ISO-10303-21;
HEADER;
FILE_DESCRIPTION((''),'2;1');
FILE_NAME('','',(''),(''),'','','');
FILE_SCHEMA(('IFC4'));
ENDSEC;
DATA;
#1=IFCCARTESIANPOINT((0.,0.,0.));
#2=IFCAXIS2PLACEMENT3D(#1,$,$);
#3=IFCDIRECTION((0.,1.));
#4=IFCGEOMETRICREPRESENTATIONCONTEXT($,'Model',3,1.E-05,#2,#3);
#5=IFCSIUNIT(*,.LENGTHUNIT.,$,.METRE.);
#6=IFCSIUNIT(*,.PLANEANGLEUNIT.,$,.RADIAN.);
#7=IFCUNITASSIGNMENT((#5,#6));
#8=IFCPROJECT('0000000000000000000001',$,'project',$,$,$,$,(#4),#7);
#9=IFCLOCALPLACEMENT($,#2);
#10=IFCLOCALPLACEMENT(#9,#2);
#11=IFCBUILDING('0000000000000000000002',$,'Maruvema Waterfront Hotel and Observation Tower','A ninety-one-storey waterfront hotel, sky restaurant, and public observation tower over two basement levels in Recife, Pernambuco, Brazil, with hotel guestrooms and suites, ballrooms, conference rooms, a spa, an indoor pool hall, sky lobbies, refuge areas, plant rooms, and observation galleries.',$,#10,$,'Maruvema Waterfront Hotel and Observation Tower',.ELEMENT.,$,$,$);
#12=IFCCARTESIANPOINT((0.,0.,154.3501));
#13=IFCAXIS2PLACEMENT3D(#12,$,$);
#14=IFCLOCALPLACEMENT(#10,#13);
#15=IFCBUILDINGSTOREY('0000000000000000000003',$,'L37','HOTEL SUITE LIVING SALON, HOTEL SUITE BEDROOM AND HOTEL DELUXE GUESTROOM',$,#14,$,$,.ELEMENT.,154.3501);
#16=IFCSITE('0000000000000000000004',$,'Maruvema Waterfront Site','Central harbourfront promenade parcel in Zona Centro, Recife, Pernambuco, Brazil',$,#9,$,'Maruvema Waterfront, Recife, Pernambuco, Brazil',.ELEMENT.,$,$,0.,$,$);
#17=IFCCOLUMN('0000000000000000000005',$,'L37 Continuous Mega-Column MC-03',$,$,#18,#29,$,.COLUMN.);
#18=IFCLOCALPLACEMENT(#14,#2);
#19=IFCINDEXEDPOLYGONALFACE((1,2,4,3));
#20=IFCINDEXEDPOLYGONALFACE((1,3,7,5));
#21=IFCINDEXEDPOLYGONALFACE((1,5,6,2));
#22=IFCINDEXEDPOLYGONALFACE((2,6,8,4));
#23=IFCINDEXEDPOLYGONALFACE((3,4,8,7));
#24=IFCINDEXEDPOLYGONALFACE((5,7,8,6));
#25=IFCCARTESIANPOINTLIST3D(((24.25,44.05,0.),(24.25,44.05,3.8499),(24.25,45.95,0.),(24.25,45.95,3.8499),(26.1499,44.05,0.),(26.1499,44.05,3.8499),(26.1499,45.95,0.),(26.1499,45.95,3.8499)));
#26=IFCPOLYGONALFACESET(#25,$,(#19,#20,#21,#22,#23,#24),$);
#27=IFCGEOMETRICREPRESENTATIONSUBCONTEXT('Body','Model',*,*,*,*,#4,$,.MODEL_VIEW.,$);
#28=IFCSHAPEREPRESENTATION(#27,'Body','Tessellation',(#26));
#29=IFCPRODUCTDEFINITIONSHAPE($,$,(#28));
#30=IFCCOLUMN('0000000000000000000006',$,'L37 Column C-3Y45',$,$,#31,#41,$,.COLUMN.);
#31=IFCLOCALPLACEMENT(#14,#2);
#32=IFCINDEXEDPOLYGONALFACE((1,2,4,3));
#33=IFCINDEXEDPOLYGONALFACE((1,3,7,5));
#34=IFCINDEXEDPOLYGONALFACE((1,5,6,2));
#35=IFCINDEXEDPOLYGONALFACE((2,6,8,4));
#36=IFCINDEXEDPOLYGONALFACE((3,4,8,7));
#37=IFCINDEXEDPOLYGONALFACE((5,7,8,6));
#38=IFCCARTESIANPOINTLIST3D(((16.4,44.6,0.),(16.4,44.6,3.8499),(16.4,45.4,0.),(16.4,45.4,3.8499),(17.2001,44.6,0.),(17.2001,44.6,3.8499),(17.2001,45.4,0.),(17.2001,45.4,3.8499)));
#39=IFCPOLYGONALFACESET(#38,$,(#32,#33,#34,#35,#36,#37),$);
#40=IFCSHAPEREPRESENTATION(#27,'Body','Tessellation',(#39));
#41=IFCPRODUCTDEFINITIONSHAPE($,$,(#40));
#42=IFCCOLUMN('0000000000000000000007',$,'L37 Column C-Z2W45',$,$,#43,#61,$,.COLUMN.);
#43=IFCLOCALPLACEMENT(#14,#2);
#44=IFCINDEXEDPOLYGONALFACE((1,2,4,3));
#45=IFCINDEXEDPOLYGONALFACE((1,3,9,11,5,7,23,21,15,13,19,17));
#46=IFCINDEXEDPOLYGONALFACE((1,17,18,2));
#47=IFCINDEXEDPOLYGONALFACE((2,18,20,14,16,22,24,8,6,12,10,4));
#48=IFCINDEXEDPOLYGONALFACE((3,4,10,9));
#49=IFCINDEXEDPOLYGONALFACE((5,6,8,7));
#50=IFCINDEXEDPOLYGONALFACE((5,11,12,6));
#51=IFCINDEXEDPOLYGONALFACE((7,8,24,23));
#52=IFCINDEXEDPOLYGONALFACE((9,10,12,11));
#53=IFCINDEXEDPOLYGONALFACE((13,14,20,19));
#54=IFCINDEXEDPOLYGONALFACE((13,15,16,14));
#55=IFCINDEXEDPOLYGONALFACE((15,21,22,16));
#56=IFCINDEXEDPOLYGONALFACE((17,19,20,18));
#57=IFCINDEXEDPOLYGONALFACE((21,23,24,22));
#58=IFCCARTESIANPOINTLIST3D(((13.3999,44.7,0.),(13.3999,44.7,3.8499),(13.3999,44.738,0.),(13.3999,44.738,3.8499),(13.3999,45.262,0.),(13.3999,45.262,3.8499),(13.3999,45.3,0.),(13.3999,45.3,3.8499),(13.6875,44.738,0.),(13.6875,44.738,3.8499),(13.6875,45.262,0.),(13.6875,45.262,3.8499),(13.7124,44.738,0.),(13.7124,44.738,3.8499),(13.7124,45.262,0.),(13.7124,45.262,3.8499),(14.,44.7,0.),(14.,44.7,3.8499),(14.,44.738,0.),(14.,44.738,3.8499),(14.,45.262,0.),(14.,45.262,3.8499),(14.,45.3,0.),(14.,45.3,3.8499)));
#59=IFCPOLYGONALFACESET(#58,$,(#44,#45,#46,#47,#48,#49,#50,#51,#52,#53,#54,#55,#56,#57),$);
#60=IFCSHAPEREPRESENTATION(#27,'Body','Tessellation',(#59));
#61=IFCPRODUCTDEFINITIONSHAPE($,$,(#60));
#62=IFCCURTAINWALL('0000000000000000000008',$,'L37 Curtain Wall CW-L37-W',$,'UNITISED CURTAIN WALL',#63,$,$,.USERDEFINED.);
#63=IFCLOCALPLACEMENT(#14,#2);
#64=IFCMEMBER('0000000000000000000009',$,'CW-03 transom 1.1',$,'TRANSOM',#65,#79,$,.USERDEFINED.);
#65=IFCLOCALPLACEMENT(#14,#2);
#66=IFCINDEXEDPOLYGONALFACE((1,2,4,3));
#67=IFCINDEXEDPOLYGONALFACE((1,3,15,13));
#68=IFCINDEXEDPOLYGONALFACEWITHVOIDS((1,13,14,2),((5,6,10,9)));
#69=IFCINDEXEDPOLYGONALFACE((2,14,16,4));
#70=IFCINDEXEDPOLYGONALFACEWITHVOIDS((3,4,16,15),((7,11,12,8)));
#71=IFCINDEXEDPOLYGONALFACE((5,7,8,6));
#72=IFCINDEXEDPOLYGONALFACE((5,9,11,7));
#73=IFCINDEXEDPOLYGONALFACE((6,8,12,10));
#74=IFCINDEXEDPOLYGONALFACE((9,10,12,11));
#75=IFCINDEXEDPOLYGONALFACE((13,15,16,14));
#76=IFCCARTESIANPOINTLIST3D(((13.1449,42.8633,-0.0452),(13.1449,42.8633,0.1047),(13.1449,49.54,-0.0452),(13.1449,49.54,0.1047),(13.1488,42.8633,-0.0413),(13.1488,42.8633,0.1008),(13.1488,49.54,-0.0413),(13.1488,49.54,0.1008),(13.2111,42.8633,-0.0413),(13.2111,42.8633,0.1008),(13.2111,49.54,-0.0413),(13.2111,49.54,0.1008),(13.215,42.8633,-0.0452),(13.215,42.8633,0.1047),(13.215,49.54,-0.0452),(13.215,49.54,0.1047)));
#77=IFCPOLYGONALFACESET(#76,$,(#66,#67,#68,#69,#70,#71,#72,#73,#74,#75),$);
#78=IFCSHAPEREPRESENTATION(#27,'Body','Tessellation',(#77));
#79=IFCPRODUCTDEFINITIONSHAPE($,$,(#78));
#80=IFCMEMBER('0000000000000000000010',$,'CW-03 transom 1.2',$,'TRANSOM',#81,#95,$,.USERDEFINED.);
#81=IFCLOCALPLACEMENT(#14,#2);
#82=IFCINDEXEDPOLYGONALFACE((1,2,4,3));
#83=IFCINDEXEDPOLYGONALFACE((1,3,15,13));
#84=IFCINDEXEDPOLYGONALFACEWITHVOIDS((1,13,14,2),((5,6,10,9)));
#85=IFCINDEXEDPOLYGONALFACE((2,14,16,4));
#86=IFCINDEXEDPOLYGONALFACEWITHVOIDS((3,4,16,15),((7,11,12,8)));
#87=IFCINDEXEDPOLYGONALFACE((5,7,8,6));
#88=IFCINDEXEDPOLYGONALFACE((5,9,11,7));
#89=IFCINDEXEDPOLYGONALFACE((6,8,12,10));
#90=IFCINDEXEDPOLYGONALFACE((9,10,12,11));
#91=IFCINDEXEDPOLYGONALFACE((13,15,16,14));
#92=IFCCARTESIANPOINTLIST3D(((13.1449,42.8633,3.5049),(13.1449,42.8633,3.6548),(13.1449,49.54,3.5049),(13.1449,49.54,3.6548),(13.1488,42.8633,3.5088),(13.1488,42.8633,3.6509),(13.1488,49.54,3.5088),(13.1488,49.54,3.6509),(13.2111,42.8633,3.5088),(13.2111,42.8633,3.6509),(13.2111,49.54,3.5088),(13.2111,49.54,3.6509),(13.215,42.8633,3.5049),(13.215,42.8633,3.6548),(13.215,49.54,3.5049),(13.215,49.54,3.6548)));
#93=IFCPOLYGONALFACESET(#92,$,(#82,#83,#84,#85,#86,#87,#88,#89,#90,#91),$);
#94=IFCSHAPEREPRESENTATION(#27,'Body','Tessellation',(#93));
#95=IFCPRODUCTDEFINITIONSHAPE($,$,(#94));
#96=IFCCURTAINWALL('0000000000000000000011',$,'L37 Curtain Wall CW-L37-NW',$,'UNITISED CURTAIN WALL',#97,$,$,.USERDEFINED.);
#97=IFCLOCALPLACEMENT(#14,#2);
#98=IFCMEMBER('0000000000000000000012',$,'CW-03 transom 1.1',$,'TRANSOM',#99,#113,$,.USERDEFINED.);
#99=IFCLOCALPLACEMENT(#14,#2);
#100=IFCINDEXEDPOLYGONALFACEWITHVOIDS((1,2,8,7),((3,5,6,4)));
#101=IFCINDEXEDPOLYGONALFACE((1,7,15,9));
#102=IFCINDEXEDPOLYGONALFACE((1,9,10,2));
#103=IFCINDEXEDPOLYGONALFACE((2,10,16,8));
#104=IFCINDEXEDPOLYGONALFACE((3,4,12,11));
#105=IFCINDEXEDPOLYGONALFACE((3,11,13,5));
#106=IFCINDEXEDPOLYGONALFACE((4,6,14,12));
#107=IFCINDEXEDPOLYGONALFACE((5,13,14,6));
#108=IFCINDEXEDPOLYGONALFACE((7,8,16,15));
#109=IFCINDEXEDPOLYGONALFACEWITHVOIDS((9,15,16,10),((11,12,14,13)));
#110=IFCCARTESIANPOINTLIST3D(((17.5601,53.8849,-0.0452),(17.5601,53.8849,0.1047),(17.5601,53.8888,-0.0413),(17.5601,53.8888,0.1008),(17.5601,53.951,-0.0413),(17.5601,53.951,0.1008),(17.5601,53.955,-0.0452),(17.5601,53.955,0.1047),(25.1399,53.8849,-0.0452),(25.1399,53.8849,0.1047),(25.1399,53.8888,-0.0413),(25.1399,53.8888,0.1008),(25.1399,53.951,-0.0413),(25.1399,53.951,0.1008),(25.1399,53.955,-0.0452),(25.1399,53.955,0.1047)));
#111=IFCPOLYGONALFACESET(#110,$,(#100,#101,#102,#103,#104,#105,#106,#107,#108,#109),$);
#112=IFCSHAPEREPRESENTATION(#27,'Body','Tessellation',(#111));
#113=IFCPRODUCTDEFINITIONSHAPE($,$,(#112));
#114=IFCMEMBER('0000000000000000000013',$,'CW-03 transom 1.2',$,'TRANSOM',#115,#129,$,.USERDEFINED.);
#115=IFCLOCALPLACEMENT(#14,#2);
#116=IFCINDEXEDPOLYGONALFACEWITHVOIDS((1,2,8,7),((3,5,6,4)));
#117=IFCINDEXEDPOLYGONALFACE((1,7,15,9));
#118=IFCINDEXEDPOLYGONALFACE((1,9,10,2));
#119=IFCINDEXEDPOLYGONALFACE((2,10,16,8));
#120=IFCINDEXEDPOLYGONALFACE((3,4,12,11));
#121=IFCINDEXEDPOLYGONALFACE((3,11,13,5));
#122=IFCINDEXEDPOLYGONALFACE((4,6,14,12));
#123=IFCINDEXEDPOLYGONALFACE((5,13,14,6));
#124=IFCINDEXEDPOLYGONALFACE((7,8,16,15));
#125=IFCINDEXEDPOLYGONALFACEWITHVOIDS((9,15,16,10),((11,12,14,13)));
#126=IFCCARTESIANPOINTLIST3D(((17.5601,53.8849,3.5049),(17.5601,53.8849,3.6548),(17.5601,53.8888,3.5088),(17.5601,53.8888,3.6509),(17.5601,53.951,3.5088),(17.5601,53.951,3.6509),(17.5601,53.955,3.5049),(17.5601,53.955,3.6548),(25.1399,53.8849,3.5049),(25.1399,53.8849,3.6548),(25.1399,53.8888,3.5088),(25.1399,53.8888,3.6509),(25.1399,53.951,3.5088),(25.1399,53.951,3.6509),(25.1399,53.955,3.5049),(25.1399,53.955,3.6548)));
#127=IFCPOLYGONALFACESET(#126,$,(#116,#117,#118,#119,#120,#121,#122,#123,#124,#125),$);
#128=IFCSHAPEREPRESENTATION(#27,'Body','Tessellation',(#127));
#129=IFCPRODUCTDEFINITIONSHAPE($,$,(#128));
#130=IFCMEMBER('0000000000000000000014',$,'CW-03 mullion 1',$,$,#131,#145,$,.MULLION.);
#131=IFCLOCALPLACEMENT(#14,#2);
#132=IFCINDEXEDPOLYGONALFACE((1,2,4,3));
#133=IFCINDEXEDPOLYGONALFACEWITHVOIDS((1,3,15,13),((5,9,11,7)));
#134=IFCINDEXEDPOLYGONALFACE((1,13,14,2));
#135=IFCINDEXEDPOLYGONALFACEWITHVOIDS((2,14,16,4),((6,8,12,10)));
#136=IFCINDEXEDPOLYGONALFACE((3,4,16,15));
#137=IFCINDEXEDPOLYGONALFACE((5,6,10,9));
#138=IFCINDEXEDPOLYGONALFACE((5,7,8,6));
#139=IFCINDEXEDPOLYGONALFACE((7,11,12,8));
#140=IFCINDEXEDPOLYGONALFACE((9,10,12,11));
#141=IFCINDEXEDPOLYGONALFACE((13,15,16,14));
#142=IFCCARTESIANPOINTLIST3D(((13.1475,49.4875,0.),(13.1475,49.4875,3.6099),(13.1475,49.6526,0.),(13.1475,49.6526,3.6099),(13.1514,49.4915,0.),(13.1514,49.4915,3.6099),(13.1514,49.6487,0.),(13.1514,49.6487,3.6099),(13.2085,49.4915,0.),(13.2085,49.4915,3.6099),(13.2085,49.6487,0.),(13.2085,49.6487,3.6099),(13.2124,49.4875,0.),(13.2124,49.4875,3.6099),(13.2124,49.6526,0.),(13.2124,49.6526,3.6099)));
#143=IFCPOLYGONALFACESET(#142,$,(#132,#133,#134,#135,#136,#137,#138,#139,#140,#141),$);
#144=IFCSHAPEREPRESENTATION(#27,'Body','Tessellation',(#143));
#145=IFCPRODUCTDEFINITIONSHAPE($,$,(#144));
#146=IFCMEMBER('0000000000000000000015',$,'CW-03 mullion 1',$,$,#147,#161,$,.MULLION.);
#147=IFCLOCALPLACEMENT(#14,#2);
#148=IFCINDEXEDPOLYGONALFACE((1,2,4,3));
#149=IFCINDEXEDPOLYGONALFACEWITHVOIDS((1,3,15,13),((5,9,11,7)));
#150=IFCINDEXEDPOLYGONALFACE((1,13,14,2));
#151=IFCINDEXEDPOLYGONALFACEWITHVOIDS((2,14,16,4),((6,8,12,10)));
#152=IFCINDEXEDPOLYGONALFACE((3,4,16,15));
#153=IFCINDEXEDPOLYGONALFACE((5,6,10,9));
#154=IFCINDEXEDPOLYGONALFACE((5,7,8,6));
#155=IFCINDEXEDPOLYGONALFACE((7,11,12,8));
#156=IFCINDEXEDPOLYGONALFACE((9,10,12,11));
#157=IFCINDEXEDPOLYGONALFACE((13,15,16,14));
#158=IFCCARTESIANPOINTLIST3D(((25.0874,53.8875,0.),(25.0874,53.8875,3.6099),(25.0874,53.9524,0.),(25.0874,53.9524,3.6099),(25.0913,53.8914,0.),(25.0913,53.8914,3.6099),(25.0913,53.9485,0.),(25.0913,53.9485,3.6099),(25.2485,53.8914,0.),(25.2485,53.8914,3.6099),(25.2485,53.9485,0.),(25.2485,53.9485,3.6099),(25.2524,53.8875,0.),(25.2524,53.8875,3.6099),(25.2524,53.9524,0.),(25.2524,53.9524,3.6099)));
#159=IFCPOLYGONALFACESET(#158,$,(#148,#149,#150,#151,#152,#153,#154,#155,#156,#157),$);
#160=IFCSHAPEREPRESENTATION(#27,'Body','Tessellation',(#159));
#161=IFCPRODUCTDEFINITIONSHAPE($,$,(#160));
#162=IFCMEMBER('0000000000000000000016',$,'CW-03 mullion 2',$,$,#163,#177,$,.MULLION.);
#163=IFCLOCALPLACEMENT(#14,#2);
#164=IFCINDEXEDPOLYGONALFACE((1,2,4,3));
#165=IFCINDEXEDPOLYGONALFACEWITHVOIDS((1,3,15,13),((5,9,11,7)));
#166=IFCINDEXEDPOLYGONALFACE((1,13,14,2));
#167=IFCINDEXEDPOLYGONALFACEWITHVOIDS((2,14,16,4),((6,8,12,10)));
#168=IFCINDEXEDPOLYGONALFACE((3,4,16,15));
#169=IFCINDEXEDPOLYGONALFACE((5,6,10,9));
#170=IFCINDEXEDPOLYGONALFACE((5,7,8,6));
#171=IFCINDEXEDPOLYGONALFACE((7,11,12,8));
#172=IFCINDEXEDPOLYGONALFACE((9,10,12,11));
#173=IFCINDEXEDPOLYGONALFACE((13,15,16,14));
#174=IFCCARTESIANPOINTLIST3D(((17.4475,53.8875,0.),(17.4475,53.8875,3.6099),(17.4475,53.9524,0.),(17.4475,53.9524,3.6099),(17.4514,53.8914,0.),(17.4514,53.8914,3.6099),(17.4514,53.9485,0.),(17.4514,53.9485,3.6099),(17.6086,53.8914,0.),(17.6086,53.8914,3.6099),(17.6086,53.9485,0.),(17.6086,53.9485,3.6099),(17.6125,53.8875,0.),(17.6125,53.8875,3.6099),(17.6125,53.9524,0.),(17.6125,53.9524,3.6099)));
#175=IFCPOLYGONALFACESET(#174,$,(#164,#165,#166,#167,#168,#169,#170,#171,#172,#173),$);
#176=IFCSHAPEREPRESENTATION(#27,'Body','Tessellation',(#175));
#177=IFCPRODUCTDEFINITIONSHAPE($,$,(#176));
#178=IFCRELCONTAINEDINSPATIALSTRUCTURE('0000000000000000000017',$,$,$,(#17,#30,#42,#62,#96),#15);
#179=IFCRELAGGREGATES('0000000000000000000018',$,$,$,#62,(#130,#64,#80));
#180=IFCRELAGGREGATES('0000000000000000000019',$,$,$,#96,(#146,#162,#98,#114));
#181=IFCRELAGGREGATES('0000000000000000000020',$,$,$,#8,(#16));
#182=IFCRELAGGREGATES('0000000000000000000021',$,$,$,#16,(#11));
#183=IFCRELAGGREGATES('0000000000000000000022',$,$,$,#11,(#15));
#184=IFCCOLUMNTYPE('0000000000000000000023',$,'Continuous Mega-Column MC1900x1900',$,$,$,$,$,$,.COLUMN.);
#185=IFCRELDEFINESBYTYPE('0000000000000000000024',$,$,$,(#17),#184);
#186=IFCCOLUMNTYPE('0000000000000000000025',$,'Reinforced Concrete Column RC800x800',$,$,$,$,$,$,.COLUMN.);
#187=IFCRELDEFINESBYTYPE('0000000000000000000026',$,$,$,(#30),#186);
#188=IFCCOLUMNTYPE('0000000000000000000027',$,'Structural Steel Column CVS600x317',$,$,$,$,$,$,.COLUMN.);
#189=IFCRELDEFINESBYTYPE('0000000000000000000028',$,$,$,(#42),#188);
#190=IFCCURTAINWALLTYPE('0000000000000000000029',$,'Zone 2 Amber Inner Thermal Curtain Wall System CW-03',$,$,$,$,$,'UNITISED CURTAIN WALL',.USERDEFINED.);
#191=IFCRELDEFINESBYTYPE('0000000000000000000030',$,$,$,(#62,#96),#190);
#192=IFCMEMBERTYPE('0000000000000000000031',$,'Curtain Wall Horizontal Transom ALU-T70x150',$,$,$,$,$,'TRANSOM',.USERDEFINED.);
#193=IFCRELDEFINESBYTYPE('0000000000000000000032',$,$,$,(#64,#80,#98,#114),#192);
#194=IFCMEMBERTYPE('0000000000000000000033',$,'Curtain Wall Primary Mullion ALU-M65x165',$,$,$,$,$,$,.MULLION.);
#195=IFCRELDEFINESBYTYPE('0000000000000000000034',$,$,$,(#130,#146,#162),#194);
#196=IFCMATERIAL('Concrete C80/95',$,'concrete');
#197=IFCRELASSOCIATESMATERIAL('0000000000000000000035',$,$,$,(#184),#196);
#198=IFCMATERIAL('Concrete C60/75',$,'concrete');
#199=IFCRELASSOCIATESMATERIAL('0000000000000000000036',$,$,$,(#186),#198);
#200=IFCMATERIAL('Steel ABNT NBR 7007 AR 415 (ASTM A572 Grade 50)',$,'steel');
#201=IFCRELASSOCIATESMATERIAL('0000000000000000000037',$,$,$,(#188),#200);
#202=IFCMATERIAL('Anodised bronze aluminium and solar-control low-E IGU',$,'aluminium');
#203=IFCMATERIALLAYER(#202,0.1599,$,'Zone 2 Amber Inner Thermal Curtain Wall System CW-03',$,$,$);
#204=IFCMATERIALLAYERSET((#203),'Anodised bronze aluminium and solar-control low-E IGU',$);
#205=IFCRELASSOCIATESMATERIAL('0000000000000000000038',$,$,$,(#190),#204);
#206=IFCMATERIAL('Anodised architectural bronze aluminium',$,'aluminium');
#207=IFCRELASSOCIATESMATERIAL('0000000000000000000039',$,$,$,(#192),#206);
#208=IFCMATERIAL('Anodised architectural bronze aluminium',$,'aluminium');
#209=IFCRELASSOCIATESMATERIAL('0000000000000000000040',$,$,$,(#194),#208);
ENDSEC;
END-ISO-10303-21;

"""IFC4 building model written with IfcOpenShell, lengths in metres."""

from ifc_helpers import new_model, si_unit, direction, frame, origin, origin_2d, place, context, subcontext, project, spatial, rectangle, hollow_rectangle, i_section, extrude, material, layer, layer_set, material_profile, profile_set, type_object, element, aggregate, save


model = new_model("IFC4")

# Units and contexts
model_context = context("Model", 3, precision=1e-05, world=origin(), true_north=direction((0.0, 1.0)))
body_context = subcontext(model_context, "Body", "Model", "MODEL_VIEW")
ifc_project = project(units=[si_unit("LENGTHUNIT", "METRE"), si_unit("PLANEANGLEUNIT", "RADIAN")], contexts=[model_context])

# Site, building, storey
site_placement = place(None, origin())
site = spatial("IfcSite", under=ifc_project, at=site_placement, Name="Maruvema Waterfront Site", Description="Central harbourfront promenade parcel in Zona Centro, Recife, Pernambuco, Brazil", LongName="Maruvema Waterfront, Recife, Pernambuco, Brazil", CompositionType="ELEMENT", RefElevation=0.0)
building_placement = place(site_placement, origin())
building = spatial("IfcBuilding", under=site, at=building_placement, Name="Maruvema Waterfront Hotel and Observation Tower", Description="A ninety-one-storey waterfront hotel, sky restaurant, and public observation tower over two basement levels in Recife, Pernambuco, Brazil, with hotel guestrooms and suites, ballrooms, conference rooms, a spa, an indoor pool hall, sky lobbies, refuge areas, plant rooms, and observation galleries.", LongName="Maruvema Waterfront Hotel and Observation Tower", CompositionType="ELEMENT")
storey_placement = place(building_placement, frame((0.0, 0.0, 154.3501)))
storey = spatial("IfcBuildingStorey", under=building, at=storey_placement, Name="L37", Description="HOTEL SUITE LIVING SALON, HOTEL SUITE BEDROOM AND HOTEL DELUXE GUESTROOM", CompositionType="ELEMENT", Elevation=154.3501)

# Columns
ifc_material_1 = material(Name="Concrete C80/95", Category="concrete")
ifc_material_profile_1 = material_profile(ifc_material_1, rectangle(XDim=1.8999, YDim=1.8999, at=origin_2d()), Name="MC1900x1900")
ifc_profile_set_1 = profile_set([ifc_material_profile_1], Name="Concrete C80/95")
column_type_1 = type_object("IfcColumnType", Name="Continuous Mega-Column MC1900x1900", PredefinedType="COLUMN", material=ifc_profile_set_1)
column_1_placement = place(storey_placement, frame((25.2, 45.0, 0.0), z_axis=(0.0, 0.0, 1.0), x_axis=(1.0, 0.0, 0.0)))
element("IfcColumn", 1, at=column_1_placement, inside=storey, type_object=column_type_1, Name="L37 Continuous Mega-Column MC-03", PredefinedType="COLUMN", context=body_context, shape_type="SweptSolid", body=[
    extrude(rectangle(XDim=1.8999, YDim=1.8999, at=origin_2d()), origin(), (0.0, 0.0, 1.0), 3.8499),
])
ifc_material_2 = material(Name="Concrete C60/75", Category="concrete")
ifc_material_profile_2 = material_profile(ifc_material_2, rectangle(XDim=0.8, YDim=0.8, at=origin_2d()), Name="RC800x800")
ifc_profile_set_2 = profile_set([ifc_material_profile_2], Name="Concrete C60/75")
column_type_2 = type_object("IfcColumnType", Name="Reinforced Concrete Column RC800x800", PredefinedType="COLUMN", material=ifc_profile_set_2)
column_2_placement = place(storey_placement, frame((16.8, 45.0, 0.0), z_axis=(0.0, 0.0, 1.0), x_axis=(1.0, 0.0, 0.0)))
element("IfcColumn", 2, at=column_2_placement, inside=storey, type_object=column_type_2, Name="L37 Column C-3Y45", PredefinedType="COLUMN", context=body_context, shape_type="SweptSolid", body=[
    extrude(rectangle(XDim=0.8, YDim=0.8, at=origin_2d()), origin(), (0.0, 0.0, 1.0), 3.8499),
])
ifc_material_3 = material(Name="Steel ABNT NBR 7007 AR 415 (ASTM A572 Grade 50)", Category="steel")
ifc_material_profile_3 = material_profile(ifc_material_3, i_section(OverallWidth=0.6001, OverallDepth=0.6001, WebThickness=0.0249, FlangeThickness=0.0381, at=origin_2d()), Name="CVS600x317")
ifc_profile_set_3 = profile_set([ifc_material_profile_3], Name="Steel ABNT NBR 7007 AR 415 (ASTM A572 Grade 50)")
column_type_3 = type_object("IfcColumnType", Name="Structural Steel Column CVS600x317", PredefinedType="COLUMN", material=ifc_profile_set_3)
column_3_placement = place(storey_placement, frame((13.7, 45.0, 0.0), z_axis=(0.0, 0.0, 1.0), x_axis=(1.0, 0.0, 0.0)))
element("IfcColumn", 3, at=column_3_placement, inside=storey, type_object=column_type_3, Name="L37 Column C-Z2W45", PredefinedType="COLUMN", context=body_context, shape_type="SweptSolid", body=[
    extrude(i_section(OverallWidth=0.6001, OverallDepth=0.6001, WebThickness=0.0249, FlangeThickness=0.0381, at=origin_2d()), origin(), (0.0, 0.0, 1.0), 3.8499),
])

# Curtain walls, members
ifc_material_4 = material(Name="Anodised bronze aluminium and solar-control low-E IGU", Category="aluminium")
ifc_layer_1 = layer(ifc_material_4, 0.1599, Name="Zone 2 Amber Inner Thermal Curtain Wall System CW-03")
ifc_layer_set_1 = layer_set([ifc_layer_1], Name="Anodised bronze aluminium and solar-control low-E IGU")
curtain_wall_type = type_object("IfcCurtainWallType", Name="Zone 2 Amber Inner Thermal Curtain Wall System CW-03", ElementType="UNITISED CURTAIN WALL", PredefinedType="USERDEFINED", material=ifc_layer_set_1)
curtain_wall_1_placement = place(storey_placement, origin())
curtain_wall_1 = element("IfcCurtainWall", 4, at=curtain_wall_1_placement, inside=storey, type_object=curtain_wall_type, Name="L37 Curtain Wall CW-L37-W", ObjectType="UNITISED CURTAIN WALL", PredefinedType="USERDEFINED")
ifc_material_5 = material(Name="Anodised architectural bronze aluminium", Category="aluminium")
ifc_material_profile_4 = material_profile(ifc_material_5, hollow_rectangle(XDim=0.0701, YDim=0.1499, WallThickness=0.0039, at=origin_2d()), Name="ALU-T70x150")
ifc_profile_set_4 = profile_set([ifc_material_profile_4], Name="Anodised architectural bronze aluminium")
member_type_1 = type_object("IfcMemberType", Name="Curtain Wall Horizontal Transom ALU-T70x150", ElementType="TRANSOM", PredefinedType="USERDEFINED", material=ifc_profile_set_4)
member_1_placement = place(storey_placement, frame((13.1799, 49.54, 0.0298), z_axis=(0.0, -1.0, 0.0), x_axis=(1.0, 0.0, 0.0)))
member_1 = element("IfcMember", 5, at=member_1_placement, type_object=member_type_1, Name="CW-03 transom 1.1", ObjectType="TRANSOM", PredefinedType="USERDEFINED", context=body_context, shape_type="SweptSolid", body=[
    extrude(hollow_rectangle(XDim=0.0701, YDim=0.1499, WallThickness=0.0039, at=origin_2d()), origin(), (0.0, 0.0, 1.0), 6.6768),
])
member_2_placement = place(storey_placement, frame((13.1799, 49.54, 3.5798), z_axis=(0.0, -1.0, 0.0), x_axis=(1.0, 0.0, 0.0)))
member_2 = element("IfcMember", 6, at=member_2_placement, type_object=member_type_1, Name="CW-03 transom 1.2", ObjectType="TRANSOM", PredefinedType="USERDEFINED", context=body_context, shape_type="SweptSolid", body=[
    extrude(hollow_rectangle(XDim=0.0701, YDim=0.1499, WallThickness=0.0039, at=origin_2d()), origin(), (0.0, 0.0, 1.0), 6.6768),
])
curtain_wall_2_placement = place(storey_placement, origin())
curtain_wall_2 = element("IfcCurtainWall", 7, at=curtain_wall_2_placement, inside=storey, type_object=curtain_wall_type, Name="L37 Curtain Wall CW-L37-NW", ObjectType="UNITISED CURTAIN WALL", PredefinedType="USERDEFINED")
member_3_placement = place(storey_placement, frame((25.1399, 53.9199, 0.0298), z_axis=(-1.0, 0.0, 0.0), x_axis=(0.0, -1.0, 0.0)))
member_3 = element("IfcMember", 8, at=member_3_placement, type_object=member_type_1, Name="CW-03 transom 1.1", ObjectType="TRANSOM", PredefinedType="USERDEFINED", context=body_context, shape_type="SweptSolid", body=[
    extrude(hollow_rectangle(XDim=0.0701, YDim=0.1499, WallThickness=0.0039, at=origin_2d()), origin(), (0.0, 0.0, 1.0), 7.5798),
])
member_4_placement = place(storey_placement, frame((25.1399, 53.9199, 3.5798), z_axis=(-1.0, 0.0, 0.0), x_axis=(0.0, -1.0, 0.0)))
member_4 = element("IfcMember", 9, at=member_4_placement, type_object=member_type_1, Name="CW-03 transom 1.2", ObjectType="TRANSOM", PredefinedType="USERDEFINED", context=body_context, shape_type="SweptSolid", body=[
    extrude(hollow_rectangle(XDim=0.0701, YDim=0.1499, WallThickness=0.0039, at=origin_2d()), origin(), (0.0, 0.0, 1.0), 7.5798),
])

# Members
ifc_material_6 = material(Name="Anodised architectural bronze aluminium", Category="aluminium")
ifc_material_profile_5 = material_profile(ifc_material_6, hollow_rectangle(XDim=0.0649, YDim=0.165, WallThickness=0.0039, at=origin_2d()), Name="ALU-M65x165")
ifc_profile_set_5 = profile_set([ifc_material_profile_5], Name="Anodised architectural bronze aluminium")
member_type_2 = type_object("IfcMemberType", Name="Curtain Wall Primary Mullion ALU-M65x165", PredefinedType="MULLION", material=ifc_profile_set_5)
member_5_placement = place(storey_placement, frame((13.1799, 49.5701, 0.0), z_axis=(0.0, 0.0, 1.0), x_axis=(1.0, 0.0, 0.0)))
member_5 = element("IfcMember", 10, at=member_5_placement, type_object=member_type_2, Name="CW-03 mullion 1", PredefinedType="MULLION", context=body_context, shape_type="SweptSolid", body=[
    extrude(hollow_rectangle(XDim=0.0649, YDim=0.165, WallThickness=0.0039, at=origin_2d()), origin(), (0.0, 0.0, 1.0), 3.6099),
])
member_6_placement = place(storey_placement, frame((25.1699, 53.9199, 0.0), z_axis=(0.0, 0.0, 1.0), x_axis=(0.0, -1.0, 0.0)))
member_6 = element("IfcMember", 11, at=member_6_placement, type_object=member_type_2, Name="CW-03 mullion 1", PredefinedType="MULLION", context=body_context, shape_type="SweptSolid", body=[
    extrude(hollow_rectangle(XDim=0.0649, YDim=0.165, WallThickness=0.0039, at=origin_2d()), origin(), (0.0, 0.0, 1.0), 3.6099),
])
member_7_placement = place(storey_placement, frame((17.53, 53.9199, 0.0), z_axis=(0.0, 0.0, 1.0), x_axis=(0.0, -1.0, 0.0)))
member_7 = element("IfcMember", 12, at=member_7_placement, type_object=member_type_2, Name="CW-03 mullion 2", PredefinedType="MULLION", context=body_context, shape_type="SweptSolid", body=[
    extrude(hollow_rectangle(XDim=0.0649, YDim=0.165, WallThickness=0.0039, at=origin_2d()), origin(), (0.0, 0.0, 1.0), 3.6099),
])

aggregate(curtain_wall_1, [member_5, member_1, member_2])
aggregate(curtain_wall_2, [member_6, member_7, member_3, member_4])

save(model, "model.ifc")
